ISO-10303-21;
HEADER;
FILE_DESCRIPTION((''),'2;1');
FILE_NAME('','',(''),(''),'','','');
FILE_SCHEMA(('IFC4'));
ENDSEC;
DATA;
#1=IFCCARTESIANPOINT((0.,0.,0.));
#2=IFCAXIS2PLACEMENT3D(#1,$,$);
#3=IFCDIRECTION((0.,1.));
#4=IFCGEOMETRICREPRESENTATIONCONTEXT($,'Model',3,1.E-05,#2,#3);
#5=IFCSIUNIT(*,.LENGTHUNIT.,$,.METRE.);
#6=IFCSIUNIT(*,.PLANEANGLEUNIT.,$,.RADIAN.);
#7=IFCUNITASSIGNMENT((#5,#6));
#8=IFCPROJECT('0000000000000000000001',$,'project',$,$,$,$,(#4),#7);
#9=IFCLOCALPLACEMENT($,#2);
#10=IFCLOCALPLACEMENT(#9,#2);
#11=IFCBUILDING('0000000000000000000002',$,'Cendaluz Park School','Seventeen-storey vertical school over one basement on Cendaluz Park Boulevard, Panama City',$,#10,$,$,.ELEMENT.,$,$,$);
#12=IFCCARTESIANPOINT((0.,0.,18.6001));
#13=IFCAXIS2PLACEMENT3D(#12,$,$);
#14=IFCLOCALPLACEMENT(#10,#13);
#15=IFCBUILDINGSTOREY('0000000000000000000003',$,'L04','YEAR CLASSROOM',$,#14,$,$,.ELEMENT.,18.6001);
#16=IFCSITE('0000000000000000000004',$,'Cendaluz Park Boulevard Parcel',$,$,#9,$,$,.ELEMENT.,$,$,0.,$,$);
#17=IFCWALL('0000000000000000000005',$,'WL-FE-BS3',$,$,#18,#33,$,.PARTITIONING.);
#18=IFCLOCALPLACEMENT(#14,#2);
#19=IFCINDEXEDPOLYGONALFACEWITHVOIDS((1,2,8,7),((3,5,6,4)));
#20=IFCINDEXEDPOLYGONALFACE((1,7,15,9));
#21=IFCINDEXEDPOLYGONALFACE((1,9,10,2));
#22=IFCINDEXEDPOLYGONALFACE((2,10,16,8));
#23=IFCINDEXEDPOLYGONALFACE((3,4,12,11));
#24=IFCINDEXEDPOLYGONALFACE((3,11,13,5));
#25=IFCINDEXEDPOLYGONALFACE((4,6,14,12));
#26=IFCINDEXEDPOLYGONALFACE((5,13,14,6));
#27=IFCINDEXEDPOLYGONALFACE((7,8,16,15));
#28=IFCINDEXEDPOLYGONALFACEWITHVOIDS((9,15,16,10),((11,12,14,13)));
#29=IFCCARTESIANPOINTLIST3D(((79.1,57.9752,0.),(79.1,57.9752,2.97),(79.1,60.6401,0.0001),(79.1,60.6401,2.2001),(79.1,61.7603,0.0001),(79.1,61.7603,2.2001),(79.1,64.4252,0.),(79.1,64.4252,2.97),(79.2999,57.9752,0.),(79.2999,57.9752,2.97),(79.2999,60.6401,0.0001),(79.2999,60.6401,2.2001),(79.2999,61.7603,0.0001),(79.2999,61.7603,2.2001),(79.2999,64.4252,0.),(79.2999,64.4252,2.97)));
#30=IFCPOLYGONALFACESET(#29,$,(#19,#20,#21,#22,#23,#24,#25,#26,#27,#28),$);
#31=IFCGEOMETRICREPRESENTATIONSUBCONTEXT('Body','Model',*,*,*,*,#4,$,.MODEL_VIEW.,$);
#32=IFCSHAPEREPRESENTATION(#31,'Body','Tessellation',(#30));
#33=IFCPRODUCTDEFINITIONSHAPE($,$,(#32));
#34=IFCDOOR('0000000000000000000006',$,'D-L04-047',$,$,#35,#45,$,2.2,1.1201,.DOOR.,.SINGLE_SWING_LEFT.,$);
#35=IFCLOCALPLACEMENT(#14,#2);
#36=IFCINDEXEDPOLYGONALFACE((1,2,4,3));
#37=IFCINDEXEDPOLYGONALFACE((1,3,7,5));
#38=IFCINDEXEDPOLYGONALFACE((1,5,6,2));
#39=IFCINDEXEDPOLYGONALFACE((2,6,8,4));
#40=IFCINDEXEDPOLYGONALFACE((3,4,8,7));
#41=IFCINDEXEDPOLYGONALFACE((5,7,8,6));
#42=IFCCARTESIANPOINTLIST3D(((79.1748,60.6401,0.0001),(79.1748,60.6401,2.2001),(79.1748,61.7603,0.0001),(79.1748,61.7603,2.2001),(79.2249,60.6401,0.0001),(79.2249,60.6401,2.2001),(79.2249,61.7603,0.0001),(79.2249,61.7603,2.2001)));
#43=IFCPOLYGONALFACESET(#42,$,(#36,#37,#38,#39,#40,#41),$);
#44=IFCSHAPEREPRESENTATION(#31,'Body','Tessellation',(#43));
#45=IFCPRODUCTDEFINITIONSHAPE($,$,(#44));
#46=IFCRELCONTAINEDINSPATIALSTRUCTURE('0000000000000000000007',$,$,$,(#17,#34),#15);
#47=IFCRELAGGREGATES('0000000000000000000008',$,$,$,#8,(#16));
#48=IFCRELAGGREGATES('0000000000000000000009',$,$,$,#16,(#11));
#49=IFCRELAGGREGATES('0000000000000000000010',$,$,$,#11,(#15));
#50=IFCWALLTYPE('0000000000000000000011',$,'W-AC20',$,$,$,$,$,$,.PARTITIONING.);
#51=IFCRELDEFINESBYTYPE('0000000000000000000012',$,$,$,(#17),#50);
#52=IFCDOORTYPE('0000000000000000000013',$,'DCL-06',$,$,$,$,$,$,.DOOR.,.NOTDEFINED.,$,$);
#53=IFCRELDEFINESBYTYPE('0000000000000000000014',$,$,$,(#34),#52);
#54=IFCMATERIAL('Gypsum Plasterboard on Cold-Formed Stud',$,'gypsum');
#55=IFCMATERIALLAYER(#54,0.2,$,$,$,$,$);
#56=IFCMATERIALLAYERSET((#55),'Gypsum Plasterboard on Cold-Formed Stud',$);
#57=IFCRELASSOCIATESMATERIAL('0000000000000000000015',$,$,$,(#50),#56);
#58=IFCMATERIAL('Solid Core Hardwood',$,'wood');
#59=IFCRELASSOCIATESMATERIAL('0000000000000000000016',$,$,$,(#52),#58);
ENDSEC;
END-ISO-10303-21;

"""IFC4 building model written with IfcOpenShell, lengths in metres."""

from ifc_helpers import new_model, si_unit, direction, frame, frame_2d, origin, place, context, subcontext, project, spatial, rectangle, extrude, material, layer, layer_set, type_object, element, fill, save


model = new_model("IFC4")

# Units and contexts
model_context = context("Model", 3, precision=1e-05, world=origin(), true_north=direction((0.0, 1.0)))
body_context = subcontext(model_context, "Body", "Model", "MODEL_VIEW")
ifc_project = project(units=[si_unit("LENGTHUNIT", "METRE"), si_unit("PLANEANGLEUNIT", "RADIAN")], contexts=[model_context])

# Site, building, storey
site_placement = place(None, origin())
site = spatial("IfcSite", under=ifc_project, at=site_placement, Name="Cendaluz Park Boulevard Parcel", CompositionType="ELEMENT", RefElevation=0.0)
building_placement = place(site_placement, origin())
building = spatial("IfcBuilding", under=site, at=building_placement, Name="Cendaluz Park School", Description="Seventeen-storey vertical school over one basement on Cendaluz Park Boulevard, Panama City", CompositionType="ELEMENT")
storey_placement = place(building_placement, frame((0.0, 0.0, 18.6001)))
storey = spatial("IfcBuildingStorey", under=building, at=storey_placement, Name="L04", Description="YEAR CLASSROOM", CompositionType="ELEMENT", Elevation=18.6001)

# Shared definitions
ifc_material_1 = material(Name="Gypsum Plasterboard on Cold-Formed Stud", Category="gypsum")
ifc_layer = layer(ifc_material_1, 0.2)
ifc_layer_set = layer_set([ifc_layer], Name="Gypsum Plasterboard on Cold-Formed Stud")
wall_type = type_object("IfcWallType", Name="W-AC20", PredefinedType="PARTITIONING", material=ifc_layer_set)

# Shared definitions
ifc_material_2 = material(Name="Solid Core Hardwood", Category="wood")

# Wall, opening, door
wall_1_placement = place(storey_placement, frame((79.2, 57.9751, 0.0), z_axis=(0.0, 0.0, 1.0), x_axis=(0.0, 1.0, 0.0)))
wall_1 = element("IfcWall", 1, at=wall_1_placement, inside=storey, type_object=wall_type, Name="WL-FE-BS3", PredefinedType="PARTITIONING", context=body_context, shape_type="SweptSolid", body=[
    extrude(rectangle(XDim=6.45, YDim=0.2, at=frame_2d((3.2251, 0.0))), origin(), (0.0, 0.0, 1.0), 2.97),
])
opening_1_placement = place(wall_1_placement, frame((2.665, 0.0, 0.0)))
opening_1 = element("IfcOpeningElement", 2, at=opening_1_placement, cuts=wall_1, PredefinedType="OPENING", context=body_context, shape_type="SweptSolid", body=[
    extrude(rectangle(XDim=1.1201, YDim=2.2, at=frame_2d((0.5601, 1.1001))), frame((0.0, 0.1121, 0.0), z_axis=(0.0, -1.0, 0.0), x_axis=(1.0, 0.0, 0.0)), (0.0, 0.0, 1.0), 0.2239),
])
door_type_1 = type_object("IfcDoorType", Name="DCL-06", OperationType="NOTDEFINED", PredefinedType="DOOR", material=ifc_material_2)
door_1_placement = place(opening_1_placement, frame((1.1201, 0.0, 0.0), z_axis=(0.0, 0.0, 1.0), x_axis=(-1.0, 0.0, 0.0)))
door_1 = element("IfcDoor", 3, at=door_1_placement, inside=storey, type_object=door_type_1, Name="D-L04-047", OperationType="SINGLE_SWING_LEFT", OverallHeight=2.2, OverallWidth=1.1201, PredefinedType="DOOR", context=body_context, shape_type="SweptSolid", body=[
    extrude(rectangle(XDim=1.1201, YDim=2.2, at=frame_2d((0.5601, 1.1001))), frame((0.0, 0.0249, 0.0), z_axis=(0.0, -1.0, 0.0), x_axis=(1.0, 0.0, 0.0)), (0.0, 0.0, 1.0), 0.05),
])
fill(opening_1, door_1)

save(model, "model.ifc")
